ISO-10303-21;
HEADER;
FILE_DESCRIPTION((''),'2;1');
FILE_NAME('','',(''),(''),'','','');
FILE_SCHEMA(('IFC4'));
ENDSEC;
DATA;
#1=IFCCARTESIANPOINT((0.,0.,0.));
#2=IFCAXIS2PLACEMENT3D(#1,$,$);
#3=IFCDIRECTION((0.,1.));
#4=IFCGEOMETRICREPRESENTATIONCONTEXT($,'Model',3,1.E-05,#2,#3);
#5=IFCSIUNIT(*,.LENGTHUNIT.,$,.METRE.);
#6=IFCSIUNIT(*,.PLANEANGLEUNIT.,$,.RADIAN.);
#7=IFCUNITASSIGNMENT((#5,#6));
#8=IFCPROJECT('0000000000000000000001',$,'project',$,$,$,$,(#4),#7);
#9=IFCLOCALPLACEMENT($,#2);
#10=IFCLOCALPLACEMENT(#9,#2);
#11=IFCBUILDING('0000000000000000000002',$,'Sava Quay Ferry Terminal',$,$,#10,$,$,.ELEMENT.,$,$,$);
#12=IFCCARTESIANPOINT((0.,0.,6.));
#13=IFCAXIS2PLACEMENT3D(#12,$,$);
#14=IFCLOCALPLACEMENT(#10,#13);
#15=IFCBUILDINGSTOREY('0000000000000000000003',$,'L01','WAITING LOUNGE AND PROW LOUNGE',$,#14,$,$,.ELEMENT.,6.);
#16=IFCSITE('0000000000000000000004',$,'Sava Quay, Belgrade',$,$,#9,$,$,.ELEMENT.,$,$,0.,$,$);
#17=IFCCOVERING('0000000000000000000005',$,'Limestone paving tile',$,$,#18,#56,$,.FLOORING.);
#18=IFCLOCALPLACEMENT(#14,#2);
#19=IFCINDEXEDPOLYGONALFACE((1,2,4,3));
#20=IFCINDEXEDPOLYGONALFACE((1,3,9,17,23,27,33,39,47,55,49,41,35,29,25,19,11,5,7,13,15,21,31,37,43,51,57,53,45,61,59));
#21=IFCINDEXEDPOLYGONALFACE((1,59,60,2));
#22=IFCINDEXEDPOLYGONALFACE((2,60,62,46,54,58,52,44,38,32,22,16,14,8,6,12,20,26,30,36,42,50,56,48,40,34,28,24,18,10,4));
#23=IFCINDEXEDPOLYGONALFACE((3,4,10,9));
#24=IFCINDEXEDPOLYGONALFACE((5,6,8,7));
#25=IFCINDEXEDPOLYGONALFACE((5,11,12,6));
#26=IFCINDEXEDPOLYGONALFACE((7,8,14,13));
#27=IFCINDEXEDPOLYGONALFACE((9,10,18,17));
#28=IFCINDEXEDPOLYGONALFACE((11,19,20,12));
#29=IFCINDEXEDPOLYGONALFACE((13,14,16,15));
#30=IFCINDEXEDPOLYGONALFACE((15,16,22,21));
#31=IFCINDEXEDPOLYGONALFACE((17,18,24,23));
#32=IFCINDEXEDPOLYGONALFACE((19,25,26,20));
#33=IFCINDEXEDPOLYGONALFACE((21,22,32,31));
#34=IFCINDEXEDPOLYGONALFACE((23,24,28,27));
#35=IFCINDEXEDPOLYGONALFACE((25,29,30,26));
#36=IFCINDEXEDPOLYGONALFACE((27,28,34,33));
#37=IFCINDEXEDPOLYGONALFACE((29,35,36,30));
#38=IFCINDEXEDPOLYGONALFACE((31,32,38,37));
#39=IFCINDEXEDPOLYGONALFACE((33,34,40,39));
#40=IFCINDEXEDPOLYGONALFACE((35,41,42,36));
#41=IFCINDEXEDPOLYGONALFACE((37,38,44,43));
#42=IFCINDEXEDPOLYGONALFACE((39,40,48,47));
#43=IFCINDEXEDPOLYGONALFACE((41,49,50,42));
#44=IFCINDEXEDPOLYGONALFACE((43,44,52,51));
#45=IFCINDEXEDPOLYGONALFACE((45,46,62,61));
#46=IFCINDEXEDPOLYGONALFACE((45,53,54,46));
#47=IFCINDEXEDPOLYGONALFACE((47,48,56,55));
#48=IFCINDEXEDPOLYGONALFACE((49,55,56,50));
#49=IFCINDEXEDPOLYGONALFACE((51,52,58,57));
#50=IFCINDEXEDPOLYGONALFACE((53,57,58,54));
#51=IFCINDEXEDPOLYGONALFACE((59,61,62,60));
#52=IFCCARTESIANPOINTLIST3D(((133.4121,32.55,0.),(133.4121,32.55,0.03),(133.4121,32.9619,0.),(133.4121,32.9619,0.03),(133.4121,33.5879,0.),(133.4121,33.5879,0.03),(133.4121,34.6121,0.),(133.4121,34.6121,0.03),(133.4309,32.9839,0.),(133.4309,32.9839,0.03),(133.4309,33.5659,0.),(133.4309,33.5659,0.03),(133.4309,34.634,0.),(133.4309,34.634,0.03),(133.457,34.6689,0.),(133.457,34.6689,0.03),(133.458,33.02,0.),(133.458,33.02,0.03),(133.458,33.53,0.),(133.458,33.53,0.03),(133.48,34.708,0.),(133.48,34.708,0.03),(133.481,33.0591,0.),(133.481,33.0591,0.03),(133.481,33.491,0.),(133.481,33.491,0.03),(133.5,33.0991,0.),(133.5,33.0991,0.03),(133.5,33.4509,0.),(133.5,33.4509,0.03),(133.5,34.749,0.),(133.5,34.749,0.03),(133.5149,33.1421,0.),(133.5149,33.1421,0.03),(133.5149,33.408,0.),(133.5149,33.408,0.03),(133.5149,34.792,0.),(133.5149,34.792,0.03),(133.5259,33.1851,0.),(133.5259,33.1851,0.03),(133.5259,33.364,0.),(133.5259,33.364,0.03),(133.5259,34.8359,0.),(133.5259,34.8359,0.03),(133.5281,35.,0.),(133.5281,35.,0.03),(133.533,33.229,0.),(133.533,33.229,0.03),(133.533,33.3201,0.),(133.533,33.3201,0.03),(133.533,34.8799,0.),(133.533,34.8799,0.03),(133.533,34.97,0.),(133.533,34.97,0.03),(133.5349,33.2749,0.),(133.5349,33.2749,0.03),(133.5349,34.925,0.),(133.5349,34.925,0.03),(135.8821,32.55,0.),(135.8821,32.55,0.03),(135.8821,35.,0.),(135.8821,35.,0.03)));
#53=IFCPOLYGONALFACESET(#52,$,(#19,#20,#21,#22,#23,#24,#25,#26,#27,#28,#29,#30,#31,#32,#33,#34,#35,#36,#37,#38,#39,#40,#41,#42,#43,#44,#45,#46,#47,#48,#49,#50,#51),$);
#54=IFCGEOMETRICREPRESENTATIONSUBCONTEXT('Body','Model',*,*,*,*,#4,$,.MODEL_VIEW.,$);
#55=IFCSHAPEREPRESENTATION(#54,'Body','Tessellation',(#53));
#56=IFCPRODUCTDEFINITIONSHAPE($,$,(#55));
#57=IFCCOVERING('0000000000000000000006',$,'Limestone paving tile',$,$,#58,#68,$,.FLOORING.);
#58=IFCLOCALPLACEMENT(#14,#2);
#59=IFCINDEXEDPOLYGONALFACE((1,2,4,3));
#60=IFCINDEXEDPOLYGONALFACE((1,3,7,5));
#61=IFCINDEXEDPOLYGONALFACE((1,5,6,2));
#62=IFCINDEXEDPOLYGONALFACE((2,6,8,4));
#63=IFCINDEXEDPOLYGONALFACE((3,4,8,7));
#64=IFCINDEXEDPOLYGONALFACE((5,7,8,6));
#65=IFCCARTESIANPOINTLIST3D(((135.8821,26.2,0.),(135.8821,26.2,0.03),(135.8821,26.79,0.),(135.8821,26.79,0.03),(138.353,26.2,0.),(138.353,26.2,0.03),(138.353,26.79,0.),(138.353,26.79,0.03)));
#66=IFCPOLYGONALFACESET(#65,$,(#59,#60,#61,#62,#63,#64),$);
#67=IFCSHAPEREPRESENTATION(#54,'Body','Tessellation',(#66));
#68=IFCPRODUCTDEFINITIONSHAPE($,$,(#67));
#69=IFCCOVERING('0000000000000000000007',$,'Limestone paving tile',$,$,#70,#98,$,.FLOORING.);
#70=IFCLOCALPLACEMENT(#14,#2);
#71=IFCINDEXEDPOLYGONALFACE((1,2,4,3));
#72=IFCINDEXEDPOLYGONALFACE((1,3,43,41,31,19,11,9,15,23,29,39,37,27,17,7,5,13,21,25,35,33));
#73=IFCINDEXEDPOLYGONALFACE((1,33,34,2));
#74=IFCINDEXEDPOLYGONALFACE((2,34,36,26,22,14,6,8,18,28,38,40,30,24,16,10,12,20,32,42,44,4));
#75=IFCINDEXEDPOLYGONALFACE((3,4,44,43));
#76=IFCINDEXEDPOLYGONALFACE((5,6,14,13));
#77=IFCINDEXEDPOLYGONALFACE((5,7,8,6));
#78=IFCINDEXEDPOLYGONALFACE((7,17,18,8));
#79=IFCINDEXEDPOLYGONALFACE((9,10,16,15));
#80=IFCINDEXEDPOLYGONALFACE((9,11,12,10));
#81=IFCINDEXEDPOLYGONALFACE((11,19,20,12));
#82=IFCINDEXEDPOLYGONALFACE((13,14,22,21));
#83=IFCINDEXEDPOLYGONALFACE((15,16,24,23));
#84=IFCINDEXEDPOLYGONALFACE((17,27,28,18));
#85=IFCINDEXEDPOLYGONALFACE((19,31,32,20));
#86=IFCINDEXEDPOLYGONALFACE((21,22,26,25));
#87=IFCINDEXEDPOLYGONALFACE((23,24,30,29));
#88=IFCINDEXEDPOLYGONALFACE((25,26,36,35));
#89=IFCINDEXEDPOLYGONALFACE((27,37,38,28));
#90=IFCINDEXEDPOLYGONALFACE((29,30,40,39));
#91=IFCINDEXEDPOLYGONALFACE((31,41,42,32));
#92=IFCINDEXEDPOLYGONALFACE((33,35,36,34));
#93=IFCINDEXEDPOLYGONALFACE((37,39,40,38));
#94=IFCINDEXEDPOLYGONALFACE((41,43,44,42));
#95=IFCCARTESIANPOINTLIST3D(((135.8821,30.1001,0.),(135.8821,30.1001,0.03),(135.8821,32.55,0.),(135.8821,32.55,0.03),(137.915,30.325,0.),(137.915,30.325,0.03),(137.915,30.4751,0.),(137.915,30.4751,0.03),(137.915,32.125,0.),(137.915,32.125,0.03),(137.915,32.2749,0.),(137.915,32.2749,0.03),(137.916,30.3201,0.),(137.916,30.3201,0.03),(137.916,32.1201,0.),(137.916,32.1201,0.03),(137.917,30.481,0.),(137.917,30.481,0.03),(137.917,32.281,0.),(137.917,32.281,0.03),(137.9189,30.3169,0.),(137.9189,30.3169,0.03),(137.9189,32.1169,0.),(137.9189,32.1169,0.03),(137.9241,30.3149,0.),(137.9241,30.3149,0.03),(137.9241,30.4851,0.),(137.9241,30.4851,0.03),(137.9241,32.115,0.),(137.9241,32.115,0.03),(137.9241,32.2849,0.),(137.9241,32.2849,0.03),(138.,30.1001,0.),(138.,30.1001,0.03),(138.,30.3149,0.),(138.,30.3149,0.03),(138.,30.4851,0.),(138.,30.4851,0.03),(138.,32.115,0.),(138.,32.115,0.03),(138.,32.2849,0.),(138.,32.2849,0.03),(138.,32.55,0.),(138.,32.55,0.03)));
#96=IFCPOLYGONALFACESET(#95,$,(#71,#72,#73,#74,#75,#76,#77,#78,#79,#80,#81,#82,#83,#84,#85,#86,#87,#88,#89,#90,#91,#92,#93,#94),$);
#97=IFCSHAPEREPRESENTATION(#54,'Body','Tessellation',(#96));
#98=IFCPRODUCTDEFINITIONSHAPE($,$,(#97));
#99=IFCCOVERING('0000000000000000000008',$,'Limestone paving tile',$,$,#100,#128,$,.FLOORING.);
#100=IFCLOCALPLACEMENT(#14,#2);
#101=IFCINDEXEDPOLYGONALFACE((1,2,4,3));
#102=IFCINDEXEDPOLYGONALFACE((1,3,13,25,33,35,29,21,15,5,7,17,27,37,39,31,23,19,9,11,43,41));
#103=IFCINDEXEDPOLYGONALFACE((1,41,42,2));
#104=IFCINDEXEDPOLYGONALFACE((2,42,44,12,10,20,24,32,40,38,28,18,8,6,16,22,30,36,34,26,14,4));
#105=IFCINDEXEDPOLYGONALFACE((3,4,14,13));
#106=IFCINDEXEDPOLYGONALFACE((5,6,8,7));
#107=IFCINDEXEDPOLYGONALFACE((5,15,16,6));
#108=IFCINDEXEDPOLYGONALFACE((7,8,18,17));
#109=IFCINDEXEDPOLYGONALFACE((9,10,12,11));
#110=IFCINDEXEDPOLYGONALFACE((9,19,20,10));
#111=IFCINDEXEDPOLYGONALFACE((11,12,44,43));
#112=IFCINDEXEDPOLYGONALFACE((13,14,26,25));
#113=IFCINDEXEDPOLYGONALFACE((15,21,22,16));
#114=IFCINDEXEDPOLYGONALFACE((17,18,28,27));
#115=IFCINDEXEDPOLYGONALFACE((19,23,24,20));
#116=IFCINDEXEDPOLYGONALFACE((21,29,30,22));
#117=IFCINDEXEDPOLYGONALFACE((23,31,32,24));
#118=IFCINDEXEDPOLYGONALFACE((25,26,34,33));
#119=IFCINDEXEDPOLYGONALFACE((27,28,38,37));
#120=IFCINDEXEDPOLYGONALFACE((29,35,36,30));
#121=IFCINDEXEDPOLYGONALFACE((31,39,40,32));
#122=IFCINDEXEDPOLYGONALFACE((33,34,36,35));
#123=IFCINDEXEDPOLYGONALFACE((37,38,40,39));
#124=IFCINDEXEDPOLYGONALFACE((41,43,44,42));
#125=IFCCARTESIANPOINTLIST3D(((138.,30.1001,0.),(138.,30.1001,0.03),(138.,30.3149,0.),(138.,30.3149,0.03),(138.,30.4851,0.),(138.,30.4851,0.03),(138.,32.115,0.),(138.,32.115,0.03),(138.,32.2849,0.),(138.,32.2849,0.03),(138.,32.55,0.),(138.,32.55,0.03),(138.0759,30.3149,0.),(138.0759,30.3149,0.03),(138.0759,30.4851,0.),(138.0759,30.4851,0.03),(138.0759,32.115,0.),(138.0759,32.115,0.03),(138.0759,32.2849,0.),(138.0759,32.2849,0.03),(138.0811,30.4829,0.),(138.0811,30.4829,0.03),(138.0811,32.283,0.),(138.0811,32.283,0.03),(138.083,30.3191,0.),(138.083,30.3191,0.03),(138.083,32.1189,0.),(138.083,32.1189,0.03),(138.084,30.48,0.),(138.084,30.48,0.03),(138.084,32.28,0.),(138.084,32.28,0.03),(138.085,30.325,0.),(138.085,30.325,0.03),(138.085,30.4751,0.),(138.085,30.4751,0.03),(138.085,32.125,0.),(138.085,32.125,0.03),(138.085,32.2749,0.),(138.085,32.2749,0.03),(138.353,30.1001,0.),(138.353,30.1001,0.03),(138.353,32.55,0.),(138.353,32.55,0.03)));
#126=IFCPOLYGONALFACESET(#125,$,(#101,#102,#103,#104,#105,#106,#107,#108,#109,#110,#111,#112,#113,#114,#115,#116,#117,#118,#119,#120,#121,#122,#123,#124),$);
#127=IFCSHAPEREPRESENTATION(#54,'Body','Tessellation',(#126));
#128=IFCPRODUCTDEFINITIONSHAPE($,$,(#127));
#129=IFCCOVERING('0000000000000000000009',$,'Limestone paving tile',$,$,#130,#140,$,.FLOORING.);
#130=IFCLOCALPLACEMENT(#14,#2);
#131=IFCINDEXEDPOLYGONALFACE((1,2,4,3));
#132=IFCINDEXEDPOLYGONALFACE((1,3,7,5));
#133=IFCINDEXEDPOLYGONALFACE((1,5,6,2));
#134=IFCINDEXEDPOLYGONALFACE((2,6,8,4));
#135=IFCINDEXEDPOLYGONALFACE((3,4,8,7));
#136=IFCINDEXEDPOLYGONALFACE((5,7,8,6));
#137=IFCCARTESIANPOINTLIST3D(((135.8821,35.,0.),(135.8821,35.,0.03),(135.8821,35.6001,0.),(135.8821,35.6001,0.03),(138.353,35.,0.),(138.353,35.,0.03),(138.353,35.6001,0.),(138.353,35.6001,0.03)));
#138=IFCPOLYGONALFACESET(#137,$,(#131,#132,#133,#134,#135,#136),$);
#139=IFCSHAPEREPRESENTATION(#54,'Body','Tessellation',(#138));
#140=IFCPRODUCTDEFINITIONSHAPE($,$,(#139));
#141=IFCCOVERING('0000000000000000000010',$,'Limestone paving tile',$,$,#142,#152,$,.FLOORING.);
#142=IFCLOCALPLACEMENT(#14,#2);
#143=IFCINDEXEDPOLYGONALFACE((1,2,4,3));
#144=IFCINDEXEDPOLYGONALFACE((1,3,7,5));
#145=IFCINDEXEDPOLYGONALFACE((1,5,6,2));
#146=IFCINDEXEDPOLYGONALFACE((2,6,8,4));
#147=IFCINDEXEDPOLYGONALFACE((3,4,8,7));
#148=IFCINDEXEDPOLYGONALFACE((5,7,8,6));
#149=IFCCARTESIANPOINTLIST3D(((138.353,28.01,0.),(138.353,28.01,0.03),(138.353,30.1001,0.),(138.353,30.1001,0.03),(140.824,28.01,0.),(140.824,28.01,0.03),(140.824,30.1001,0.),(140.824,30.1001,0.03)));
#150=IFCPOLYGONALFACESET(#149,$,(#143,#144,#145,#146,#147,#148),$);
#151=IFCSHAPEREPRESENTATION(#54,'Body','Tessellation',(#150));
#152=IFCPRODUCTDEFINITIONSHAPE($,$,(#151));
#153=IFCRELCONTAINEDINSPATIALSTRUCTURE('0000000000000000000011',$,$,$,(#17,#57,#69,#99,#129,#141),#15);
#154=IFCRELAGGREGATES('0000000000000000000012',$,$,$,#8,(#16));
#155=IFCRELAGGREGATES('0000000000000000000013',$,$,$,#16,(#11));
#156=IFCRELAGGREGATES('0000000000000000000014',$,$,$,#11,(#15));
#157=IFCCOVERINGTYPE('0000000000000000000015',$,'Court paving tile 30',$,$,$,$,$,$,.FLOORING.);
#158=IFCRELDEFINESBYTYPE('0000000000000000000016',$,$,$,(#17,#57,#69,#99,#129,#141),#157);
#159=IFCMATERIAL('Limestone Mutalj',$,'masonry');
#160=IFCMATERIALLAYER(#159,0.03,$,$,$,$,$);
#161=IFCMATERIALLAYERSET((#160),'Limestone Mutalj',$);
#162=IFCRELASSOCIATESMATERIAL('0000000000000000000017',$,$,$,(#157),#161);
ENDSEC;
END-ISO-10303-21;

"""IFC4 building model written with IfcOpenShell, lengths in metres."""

from ifc_helpers import new_model, si_unit, direction, frame, origin, place, context, subcontext, project, spatial, polyline, outline, extrude, material, layer, layer_set, type_object, element, save


model = new_model("IFC4")

# Units and contexts
model_context = context("Model", 3, precision=1e-05, world=origin(), true_north=direction((0.0, 1.0)))
body_context = subcontext(model_context, "Body", "Model", "MODEL_VIEW")
ifc_project = project(units=[si_unit("LENGTHUNIT", "METRE"), si_unit("PLANEANGLEUNIT", "RADIAN")], contexts=[model_context])

# Site, building, storey
site_placement = place(None, origin())
site = spatial("IfcSite", under=ifc_project, at=site_placement, Name="Sava Quay, Belgrade", CompositionType="ELEMENT", RefElevation=0.0)
building_placement = place(site_placement, origin())
building = spatial("IfcBuilding", under=site, at=building_placement, Name="Sava Quay Ferry Terminal", CompositionType="ELEMENT")
storey_placement = place(building_placement, frame((0.0, 0.0, 6.0)))
storey = spatial("IfcBuildingStorey", under=building, at=storey_placement, Name="L01", Description="WAITING LOUNGE AND PROW LOUNGE", CompositionType="ELEMENT", Elevation=6.0)

# Coverings
ifc_material_1 = material(Name="Limestone Mutalj", Category="masonry")
ifc_layer_1 = layer(ifc_material_1, 0.03)
ifc_layer_set_1 = layer_set([ifc_layer_1], Name="Limestone Mutalj")
covering_type_1 = type_object("IfcCoveringType", Name="Court paving tile 30", PredefinedType="FLOORING", material=ifc_layer_set_1)
covering_1_placement = place(storey_placement, origin())
element("IfcCovering", 1, at=covering_1_placement, inside=storey, type_object=covering_type_1, Name="Limestone paving tile", PredefinedType="FLOORING", context=body_context, shape_type="SweptSolid", body=[
    extrude(outline(polyline([(135.8821, 35.0), (133.5281, 35.0), (133.533, 34.97), (133.5349, 34.925), (133.533, 34.8799), (133.5259, 34.8359), (133.5149, 34.792), (133.5, 34.749), (133.48, 34.708), (133.457, 34.6689), (133.4309, 34.634), (133.4121, 34.6121), (133.4121, 33.5879), (133.4309, 33.5659), (133.458, 33.53), (133.481, 33.491), (133.5, 33.4509), (133.5149, 33.408), (133.5259, 33.364), (133.533, 33.3201), (133.5349, 33.2749), (133.533, 33.229), (133.5259, 33.1851), (133.5149, 33.1421), (133.5, 33.0991), (133.481, 33.0591), (133.458, 33.02), (133.4309, 32.9839), (133.4121, 32.9619), (133.4121, 32.55), (135.8821, 32.55), (135.8821, 35.0)])), origin(), (0.0, 0.0, 1.0), 0.03),
])
covering_2_placement = place(storey_placement, origin())
element("IfcCovering", 2, at=covering_2_placement, inside=storey, type_object=covering_type_1, Name="Limestone paving tile", PredefinedType="FLOORING", context=body_context, shape_type="SweptSolid", body=[
    extrude(outline(polyline([(138.353, 26.2), (138.353, 26.79), (135.8821, 26.79), (135.8821, 26.2), (138.353, 26.2)])), origin(), (0.0, 0.0, 1.0), 0.03),
])
covering_3_placement = place(storey_placement, origin())
element("IfcCovering", 3, at=covering_3_placement, inside=storey, type_object=covering_type_1, Name="Limestone paving tile", PredefinedType="FLOORING", context=body_context, shape_type="SweptSolid", body=[
    extrude(outline(polyline([(135.8821, 32.55), (135.8821, 30.1001), (138.0, 30.1001), (138.0, 30.3149), (137.9241, 30.3149), (137.9189, 30.3169), (137.916, 30.3201), (137.915, 30.325), (137.915, 30.4751), (137.917, 30.481), (137.9241, 30.4851), (138.0, 30.4851), (138.0, 32.115), (137.9241, 32.115), (137.9189, 32.1169), (137.916, 32.1201), (137.915, 32.125), (137.915, 32.2749), (137.917, 32.281), (137.9241, 32.2849), (138.0, 32.2849), (138.0, 32.55), (135.8821, 32.55)])), origin(), (0.0, 0.0, 1.0), 0.03),
])
covering_4_placement = place(storey_placement, origin())
element("IfcCovering", 4, at=covering_4_placement, inside=storey, type_object=covering_type_1, Name="Limestone paving tile", PredefinedType="FLOORING", context=body_context, shape_type="SweptSolid", body=[
    extrude(outline(polyline([(138.353, 32.55), (138.0, 32.55), (138.0, 32.2849), (138.0759, 32.2849), (138.0811, 32.283), (138.084, 32.28), (138.085, 32.2749), (138.085, 32.125), (138.083, 32.1189), (138.0759, 32.115), (138.0, 32.115), (138.0, 30.4851), (138.0759, 30.4851), (138.0811, 30.4829), (138.084, 30.48), (138.085, 30.4751), (138.085, 30.325), (138.083, 30.3191), (138.0759, 30.3149), (138.0, 30.3149), (138.0, 30.1001), (138.353, 30.1001), (138.353, 32.55)])), origin(), (0.0, 0.0, 1.0), 0.03),
])
covering_5_placement = place(storey_placement, origin())
element("IfcCovering", 5, at=covering_5_placement, inside=storey, type_object=covering_type_1, Name="Limestone paving tile", PredefinedType="FLOORING", context=body_context, shape_type="SweptSolid", body=[
    extrude(outline(polyline([(138.353, 35.0), (138.353, 35.6001), (135.8821, 35.6001), (135.8821, 35.0), (138.353, 35.0)])), origin(), (0.0, 0.0, 1.0), 0.03),
])
covering_6_placement = place(storey_placement, origin())
element("IfcCovering", 6, at=covering_6_placement, inside=storey, type_object=covering_type_1, Name="Limestone paving tile", PredefinedType="FLOORING", context=body_context, shape_type="SweptSolid", body=[
    extrude(outline(polyline([(138.353, 30.1001), (138.353, 28.01), (140.824, 28.01), (140.824, 30.1001), (138.353, 30.1001)])), origin(), (0.0, 0.0, 1.0), 0.03),
])

save(model, "model.ifc")
